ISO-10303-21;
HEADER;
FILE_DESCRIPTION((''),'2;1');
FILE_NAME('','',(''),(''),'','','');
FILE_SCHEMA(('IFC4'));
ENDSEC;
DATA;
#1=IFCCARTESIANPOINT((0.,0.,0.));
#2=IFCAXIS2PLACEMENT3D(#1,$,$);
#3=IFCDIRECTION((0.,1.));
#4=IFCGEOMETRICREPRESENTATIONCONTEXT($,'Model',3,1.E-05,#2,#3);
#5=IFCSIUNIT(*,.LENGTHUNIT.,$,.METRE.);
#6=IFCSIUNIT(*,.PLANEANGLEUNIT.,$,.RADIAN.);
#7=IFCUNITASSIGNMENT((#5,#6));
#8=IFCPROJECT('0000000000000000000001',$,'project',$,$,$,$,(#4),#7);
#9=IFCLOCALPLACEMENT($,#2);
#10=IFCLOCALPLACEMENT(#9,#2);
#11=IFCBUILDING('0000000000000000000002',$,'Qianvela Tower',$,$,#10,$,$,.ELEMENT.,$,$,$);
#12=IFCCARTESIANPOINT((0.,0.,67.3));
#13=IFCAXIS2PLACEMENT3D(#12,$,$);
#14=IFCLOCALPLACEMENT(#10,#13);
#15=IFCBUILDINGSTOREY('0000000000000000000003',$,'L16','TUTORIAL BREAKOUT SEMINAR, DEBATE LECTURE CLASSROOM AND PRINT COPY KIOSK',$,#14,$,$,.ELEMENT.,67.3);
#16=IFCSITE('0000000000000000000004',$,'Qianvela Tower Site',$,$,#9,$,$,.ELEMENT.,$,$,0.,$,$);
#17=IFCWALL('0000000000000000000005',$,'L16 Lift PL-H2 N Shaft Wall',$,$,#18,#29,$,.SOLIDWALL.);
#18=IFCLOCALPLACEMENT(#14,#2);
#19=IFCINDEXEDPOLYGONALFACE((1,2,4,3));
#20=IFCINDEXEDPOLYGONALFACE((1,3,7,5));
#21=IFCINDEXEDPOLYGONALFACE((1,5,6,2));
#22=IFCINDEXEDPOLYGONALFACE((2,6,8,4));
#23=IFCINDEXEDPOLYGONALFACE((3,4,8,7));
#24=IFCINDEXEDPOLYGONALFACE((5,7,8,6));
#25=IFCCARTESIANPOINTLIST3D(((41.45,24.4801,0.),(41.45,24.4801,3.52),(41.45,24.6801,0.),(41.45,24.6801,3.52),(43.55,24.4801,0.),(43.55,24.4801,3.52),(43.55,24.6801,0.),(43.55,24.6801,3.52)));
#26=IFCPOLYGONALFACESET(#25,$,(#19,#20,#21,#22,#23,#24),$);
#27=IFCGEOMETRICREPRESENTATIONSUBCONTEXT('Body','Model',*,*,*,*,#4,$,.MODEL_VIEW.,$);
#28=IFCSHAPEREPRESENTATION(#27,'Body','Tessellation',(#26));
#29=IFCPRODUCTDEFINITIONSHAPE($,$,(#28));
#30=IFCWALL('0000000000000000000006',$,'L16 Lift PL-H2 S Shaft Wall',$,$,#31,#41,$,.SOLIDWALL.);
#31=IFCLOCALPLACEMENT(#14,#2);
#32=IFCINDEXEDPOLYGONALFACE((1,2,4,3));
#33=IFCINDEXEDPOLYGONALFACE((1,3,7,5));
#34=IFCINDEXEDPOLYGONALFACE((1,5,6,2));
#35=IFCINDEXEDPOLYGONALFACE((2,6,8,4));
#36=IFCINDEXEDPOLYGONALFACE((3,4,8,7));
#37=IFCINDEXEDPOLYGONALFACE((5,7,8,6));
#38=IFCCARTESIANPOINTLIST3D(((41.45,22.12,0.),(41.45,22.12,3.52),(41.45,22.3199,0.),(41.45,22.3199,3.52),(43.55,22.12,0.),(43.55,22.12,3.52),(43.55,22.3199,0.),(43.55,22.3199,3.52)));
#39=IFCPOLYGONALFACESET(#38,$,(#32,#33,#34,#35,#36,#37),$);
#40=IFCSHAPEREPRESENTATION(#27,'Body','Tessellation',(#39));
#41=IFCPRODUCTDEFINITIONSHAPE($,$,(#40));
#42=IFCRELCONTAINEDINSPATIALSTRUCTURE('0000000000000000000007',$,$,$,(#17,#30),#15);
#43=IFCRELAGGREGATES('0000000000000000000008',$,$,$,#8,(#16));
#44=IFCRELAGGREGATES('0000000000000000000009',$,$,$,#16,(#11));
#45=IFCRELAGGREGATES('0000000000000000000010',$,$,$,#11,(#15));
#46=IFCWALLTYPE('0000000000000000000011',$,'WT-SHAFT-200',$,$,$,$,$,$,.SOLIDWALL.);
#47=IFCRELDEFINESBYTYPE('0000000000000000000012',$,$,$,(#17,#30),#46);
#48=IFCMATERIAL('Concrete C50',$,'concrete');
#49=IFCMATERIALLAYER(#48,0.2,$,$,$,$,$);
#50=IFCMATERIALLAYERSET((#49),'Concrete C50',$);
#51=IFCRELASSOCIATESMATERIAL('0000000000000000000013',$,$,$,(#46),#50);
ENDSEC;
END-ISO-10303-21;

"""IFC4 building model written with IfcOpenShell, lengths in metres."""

from ifc_helpers import new_model, si_unit, direction, frame, frame_2d, origin, place, context, subcontext, project, spatial, rectangle, extrude, material, layer, layer_set, type_object, element, save


model = new_model("IFC4")

# Units and contexts
model_context = context("Model", 3, precision=1e-05, world=origin(), true_north=direction((0.0, 1.0)))
body_context = subcontext(model_context, "Body", "Model", "MODEL_VIEW")
ifc_project = project(units=[si_unit("LENGTHUNIT", "METRE"), si_unit("PLANEANGLEUNIT", "RADIAN")], contexts=[model_context])

# Site, building, storey
site_placement = place(None, origin())
site = spatial("IfcSite", under=ifc_project, at=site_placement, Name="Qianvela Tower Site", CompositionType="ELEMENT", RefElevation=0.0)
building_placement = place(site_placement, origin())
building = spatial("IfcBuilding", under=site, at=building_placement, Name="Qianvela Tower", CompositionType="ELEMENT")
storey_placement = place(building_placement, frame((0.0, 0.0, 67.3)))
storey = spatial("IfcBuildingStorey", under=building, at=storey_placement, Name="L16", Description="TUTORIAL BREAKOUT SEMINAR, DEBATE LECTURE CLASSROOM AND PRINT COPY KIOSK", CompositionType="ELEMENT", Elevation=67.3)

# Walls
ifc_material_1 = material(Name="Concrete C50", Category="concrete")
ifc_layer_1 = layer(ifc_material_1, 0.2)
ifc_layer_set_1 = layer_set([ifc_layer_1], Name="Concrete C50")
wall_type_1 = type_object("IfcWallType", Name="WT-SHAFT-200", PredefinedType="SOLIDWALL", material=ifc_layer_set_1)
for number, where, z_axis, x_axis, name in (
    (1, (41.45, 24.5801, 0.0), (0.0, 0.0, 1.0), (1.0, 0.0, 0.0), "L16 Lift PL-H2 N Shaft Wall"),
    (2, (41.45, 22.22, 0.0), (0.0, 0.0, 1.0), (1.0, 0.0, 0.0), "L16 Lift PL-H2 S Shaft Wall"),
):
    element("IfcWall", number, at=place(storey_placement, frame(where, z_axis=z_axis, x_axis=x_axis)), inside=storey, type_object=wall_type_1, Name=name, PredefinedType="SOLIDWALL", context=body_context, shape_type="SweptSolid", body=[
        extrude(rectangle(XDim=2.1001, YDim=0.2, at=frame_2d((1.05, 0.0))), origin(), (0.0, 0.0, 1.0), 3.52),
    ])

save(model, "model.ifc")
